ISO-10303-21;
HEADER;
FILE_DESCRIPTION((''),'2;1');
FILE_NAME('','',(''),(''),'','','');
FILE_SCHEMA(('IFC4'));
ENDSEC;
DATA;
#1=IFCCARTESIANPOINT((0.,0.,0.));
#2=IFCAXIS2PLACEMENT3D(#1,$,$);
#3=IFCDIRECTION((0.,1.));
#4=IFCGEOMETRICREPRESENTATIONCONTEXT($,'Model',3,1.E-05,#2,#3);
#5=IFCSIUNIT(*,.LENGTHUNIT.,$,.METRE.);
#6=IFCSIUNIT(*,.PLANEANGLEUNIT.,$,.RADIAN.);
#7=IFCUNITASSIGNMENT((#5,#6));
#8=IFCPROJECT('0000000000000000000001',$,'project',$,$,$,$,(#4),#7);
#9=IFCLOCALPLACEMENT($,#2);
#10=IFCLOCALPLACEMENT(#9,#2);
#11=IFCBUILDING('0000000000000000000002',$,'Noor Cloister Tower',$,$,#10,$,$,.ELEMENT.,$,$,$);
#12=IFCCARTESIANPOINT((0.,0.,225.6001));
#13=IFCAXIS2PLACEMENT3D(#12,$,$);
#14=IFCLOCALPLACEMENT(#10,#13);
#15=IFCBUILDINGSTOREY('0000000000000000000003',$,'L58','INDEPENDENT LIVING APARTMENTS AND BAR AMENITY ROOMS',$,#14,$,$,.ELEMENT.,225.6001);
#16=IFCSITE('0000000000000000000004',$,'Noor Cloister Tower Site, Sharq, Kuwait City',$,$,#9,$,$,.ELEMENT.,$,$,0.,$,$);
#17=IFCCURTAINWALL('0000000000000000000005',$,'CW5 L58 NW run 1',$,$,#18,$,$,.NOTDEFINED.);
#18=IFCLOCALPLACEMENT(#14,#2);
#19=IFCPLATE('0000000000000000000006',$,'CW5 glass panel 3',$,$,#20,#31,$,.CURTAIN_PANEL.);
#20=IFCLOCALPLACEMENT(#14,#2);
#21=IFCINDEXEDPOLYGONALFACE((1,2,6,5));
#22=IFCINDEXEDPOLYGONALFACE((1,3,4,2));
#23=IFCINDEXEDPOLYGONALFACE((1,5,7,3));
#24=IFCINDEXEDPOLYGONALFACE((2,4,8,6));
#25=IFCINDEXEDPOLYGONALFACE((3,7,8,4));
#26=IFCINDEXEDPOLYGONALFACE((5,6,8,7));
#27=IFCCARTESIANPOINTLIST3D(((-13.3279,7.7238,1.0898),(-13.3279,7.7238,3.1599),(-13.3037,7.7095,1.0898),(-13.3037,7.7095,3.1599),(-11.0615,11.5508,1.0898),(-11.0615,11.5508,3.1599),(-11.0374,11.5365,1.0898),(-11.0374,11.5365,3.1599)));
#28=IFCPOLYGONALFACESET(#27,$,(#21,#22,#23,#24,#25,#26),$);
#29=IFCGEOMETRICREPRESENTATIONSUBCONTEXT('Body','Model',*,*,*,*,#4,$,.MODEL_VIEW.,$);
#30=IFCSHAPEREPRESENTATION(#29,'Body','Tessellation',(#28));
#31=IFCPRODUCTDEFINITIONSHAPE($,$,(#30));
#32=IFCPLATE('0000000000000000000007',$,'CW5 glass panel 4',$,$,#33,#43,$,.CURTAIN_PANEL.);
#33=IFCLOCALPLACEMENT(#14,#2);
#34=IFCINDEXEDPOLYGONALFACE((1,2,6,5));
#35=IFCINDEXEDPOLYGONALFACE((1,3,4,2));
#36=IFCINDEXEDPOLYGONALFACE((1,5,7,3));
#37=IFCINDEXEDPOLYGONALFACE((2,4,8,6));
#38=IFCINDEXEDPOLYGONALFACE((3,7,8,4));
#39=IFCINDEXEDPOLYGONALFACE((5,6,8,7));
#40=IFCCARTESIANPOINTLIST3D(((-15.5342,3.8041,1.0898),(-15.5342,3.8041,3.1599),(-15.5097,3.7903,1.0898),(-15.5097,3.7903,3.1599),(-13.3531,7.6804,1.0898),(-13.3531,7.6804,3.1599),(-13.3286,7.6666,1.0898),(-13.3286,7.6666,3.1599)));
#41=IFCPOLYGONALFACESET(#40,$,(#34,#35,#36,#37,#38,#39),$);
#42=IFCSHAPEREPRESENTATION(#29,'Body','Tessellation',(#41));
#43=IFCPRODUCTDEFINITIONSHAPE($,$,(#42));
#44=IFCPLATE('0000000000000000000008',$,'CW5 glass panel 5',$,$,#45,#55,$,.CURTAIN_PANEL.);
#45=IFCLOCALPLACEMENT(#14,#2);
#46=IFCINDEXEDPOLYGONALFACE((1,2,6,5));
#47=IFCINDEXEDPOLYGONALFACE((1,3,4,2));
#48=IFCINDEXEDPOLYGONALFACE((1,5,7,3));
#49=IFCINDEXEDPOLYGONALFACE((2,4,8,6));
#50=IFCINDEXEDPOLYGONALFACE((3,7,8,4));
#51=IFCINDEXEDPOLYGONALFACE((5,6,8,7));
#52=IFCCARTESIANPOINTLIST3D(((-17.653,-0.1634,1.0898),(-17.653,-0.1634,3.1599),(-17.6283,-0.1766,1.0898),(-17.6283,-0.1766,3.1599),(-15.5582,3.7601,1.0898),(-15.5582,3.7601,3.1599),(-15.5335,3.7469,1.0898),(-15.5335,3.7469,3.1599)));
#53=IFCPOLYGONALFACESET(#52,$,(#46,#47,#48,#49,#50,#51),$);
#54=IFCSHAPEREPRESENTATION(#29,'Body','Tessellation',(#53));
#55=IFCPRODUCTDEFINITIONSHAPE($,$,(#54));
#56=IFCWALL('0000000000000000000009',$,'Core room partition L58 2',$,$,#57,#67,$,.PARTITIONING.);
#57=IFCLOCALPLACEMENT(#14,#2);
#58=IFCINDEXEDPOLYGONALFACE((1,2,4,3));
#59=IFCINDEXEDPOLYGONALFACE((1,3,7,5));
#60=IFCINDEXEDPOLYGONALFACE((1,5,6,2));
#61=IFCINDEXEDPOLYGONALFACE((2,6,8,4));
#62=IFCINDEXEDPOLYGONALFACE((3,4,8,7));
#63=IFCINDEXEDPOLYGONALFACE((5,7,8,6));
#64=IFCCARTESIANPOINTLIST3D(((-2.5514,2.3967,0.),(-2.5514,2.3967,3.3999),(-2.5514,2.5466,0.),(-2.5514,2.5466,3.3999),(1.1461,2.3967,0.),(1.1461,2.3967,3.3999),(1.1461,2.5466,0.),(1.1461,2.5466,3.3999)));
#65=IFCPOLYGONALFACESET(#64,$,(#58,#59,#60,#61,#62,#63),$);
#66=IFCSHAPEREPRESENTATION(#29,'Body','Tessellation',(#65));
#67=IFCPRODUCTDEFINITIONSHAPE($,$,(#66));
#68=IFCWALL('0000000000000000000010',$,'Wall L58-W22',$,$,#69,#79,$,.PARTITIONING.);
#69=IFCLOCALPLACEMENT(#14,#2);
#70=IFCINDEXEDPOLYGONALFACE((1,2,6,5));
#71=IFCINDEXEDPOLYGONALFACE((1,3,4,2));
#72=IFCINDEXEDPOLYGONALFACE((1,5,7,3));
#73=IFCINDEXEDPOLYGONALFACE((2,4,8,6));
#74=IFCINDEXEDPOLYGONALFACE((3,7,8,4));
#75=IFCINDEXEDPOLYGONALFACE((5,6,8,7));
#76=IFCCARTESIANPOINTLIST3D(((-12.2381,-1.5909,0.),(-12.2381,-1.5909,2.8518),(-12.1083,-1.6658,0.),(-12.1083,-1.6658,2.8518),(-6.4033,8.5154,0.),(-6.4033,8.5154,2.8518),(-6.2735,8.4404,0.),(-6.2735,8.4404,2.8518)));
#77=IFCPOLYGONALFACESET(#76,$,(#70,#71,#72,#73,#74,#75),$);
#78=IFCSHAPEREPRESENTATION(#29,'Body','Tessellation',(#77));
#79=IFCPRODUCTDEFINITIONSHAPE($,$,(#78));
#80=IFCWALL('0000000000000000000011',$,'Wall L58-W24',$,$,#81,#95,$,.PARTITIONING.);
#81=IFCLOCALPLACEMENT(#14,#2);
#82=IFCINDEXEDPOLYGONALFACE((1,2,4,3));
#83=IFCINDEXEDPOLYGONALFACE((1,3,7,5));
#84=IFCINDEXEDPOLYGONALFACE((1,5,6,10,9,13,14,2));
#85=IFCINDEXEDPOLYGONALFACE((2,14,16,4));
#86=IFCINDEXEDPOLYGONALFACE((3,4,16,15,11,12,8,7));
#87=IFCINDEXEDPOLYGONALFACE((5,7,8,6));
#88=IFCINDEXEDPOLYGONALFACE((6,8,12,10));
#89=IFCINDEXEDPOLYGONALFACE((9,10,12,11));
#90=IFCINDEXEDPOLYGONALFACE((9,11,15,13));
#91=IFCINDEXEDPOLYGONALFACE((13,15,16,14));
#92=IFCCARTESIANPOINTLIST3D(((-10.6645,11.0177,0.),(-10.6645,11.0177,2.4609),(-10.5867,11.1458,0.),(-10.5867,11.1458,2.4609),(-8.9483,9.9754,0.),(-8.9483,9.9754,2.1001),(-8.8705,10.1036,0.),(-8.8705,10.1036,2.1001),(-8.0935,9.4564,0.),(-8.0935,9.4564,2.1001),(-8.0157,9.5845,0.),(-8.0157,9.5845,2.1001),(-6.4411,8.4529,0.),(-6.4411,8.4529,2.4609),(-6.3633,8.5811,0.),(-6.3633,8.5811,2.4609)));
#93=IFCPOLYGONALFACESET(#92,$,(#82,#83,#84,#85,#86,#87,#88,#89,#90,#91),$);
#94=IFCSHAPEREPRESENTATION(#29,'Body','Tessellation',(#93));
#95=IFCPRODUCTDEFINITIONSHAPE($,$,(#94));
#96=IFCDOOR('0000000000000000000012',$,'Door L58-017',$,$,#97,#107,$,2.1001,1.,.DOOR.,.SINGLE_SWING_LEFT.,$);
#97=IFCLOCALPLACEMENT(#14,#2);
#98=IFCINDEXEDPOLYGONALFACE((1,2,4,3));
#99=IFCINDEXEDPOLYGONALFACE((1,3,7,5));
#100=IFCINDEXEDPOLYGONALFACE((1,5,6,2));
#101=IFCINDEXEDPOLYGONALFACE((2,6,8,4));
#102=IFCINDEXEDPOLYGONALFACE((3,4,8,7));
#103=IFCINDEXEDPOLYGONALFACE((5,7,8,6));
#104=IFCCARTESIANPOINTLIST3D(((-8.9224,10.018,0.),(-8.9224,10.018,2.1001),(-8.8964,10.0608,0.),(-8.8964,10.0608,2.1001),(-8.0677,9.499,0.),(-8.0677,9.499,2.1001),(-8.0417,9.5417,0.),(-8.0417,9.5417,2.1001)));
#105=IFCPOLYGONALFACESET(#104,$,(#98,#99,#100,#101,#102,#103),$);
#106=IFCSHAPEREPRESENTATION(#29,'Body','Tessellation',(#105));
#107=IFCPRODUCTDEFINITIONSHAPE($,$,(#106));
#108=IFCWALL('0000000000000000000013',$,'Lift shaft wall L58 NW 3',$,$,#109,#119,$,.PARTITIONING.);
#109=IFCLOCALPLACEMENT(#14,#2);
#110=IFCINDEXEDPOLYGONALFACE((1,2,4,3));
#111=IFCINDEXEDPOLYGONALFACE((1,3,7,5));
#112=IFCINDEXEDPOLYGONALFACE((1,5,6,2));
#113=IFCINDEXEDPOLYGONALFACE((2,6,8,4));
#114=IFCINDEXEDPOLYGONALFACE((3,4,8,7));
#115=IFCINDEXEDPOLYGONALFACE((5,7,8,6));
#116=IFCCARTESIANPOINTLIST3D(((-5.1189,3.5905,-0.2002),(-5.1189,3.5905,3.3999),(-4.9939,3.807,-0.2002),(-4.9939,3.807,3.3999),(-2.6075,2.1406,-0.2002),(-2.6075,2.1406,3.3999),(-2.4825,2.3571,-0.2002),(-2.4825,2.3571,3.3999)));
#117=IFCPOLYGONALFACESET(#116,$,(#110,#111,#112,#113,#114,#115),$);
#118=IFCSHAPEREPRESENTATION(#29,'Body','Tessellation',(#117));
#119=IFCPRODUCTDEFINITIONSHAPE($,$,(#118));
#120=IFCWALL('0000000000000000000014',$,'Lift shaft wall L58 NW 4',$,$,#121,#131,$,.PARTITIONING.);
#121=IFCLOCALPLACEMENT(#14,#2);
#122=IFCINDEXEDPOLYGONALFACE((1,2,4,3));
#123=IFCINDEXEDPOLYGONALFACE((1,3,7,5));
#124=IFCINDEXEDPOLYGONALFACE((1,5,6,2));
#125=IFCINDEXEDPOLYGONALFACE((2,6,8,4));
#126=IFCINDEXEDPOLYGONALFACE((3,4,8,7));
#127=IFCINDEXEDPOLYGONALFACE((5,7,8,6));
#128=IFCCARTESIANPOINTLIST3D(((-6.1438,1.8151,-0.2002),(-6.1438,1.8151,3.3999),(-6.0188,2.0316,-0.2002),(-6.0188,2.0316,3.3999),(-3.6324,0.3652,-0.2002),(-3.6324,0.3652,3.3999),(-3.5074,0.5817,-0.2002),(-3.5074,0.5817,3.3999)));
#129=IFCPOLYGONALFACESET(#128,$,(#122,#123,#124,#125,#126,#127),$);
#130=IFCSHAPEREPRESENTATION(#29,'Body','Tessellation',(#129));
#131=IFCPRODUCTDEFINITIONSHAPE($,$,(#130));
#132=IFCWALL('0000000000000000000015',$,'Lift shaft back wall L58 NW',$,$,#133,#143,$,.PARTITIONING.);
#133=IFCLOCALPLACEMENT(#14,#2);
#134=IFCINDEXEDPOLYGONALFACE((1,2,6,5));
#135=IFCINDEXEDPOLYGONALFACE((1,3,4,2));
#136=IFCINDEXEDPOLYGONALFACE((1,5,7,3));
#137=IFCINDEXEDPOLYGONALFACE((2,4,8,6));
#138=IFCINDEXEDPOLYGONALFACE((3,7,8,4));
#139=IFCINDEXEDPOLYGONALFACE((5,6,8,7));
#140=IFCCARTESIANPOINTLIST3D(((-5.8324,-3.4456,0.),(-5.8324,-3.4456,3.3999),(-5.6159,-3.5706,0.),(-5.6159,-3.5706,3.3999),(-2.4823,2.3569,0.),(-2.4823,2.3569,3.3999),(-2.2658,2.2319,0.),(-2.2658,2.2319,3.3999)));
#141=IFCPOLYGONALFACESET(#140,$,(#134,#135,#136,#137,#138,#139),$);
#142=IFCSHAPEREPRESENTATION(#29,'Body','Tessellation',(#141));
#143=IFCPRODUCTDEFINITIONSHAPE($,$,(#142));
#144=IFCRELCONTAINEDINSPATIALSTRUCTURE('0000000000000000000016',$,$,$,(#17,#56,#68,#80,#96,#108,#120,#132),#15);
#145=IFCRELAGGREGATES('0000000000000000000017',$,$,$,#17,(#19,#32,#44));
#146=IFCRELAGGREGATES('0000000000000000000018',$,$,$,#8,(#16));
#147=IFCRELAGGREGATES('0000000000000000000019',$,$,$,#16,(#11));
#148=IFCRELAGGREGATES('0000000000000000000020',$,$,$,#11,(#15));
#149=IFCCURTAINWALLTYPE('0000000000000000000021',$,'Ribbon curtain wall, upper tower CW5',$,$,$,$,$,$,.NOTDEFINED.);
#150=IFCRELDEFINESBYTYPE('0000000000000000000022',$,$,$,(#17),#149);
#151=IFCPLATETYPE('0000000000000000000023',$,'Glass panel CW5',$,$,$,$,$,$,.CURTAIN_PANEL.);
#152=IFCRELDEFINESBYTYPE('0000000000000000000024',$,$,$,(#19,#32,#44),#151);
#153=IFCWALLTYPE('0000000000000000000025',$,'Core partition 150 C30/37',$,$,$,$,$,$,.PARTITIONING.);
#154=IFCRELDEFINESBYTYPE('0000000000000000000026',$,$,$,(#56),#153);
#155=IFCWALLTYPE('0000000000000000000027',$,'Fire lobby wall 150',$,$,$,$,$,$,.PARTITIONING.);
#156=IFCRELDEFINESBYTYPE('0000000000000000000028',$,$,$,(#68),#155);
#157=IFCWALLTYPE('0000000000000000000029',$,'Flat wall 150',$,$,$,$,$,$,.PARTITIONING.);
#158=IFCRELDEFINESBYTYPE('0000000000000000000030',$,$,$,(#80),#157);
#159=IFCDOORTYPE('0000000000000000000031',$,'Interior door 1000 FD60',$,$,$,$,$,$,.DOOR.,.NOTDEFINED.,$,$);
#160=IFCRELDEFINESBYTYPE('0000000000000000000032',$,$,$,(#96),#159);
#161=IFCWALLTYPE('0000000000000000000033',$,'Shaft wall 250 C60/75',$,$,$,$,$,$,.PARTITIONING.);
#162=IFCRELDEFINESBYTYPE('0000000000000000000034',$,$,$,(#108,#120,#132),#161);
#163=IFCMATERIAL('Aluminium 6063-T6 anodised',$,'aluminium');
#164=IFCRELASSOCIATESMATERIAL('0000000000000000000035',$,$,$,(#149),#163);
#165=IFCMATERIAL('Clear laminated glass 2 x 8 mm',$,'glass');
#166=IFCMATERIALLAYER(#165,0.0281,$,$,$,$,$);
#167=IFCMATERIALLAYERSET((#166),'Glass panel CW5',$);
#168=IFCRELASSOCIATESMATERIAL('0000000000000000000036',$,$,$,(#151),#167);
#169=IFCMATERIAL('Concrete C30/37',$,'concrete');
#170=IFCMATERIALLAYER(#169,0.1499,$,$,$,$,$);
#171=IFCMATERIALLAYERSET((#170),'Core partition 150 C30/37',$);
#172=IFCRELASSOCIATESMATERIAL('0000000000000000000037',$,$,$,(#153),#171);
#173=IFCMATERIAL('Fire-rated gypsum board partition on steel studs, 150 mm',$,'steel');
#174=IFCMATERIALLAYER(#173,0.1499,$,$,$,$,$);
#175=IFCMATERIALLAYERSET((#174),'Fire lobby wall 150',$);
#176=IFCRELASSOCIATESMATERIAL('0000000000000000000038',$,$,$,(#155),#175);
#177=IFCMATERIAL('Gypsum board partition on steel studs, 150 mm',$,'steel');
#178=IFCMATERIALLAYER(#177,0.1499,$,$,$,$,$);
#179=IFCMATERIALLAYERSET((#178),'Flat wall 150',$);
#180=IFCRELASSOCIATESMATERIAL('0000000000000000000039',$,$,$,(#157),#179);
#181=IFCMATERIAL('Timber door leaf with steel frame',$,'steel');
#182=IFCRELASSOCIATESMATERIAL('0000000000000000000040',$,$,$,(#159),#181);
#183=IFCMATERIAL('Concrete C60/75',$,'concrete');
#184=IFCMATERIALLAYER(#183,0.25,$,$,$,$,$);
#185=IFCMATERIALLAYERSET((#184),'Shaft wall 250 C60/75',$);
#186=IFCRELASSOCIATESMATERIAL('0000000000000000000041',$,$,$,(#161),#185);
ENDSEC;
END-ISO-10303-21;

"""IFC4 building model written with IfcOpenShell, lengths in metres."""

from ifc_helpers import new_model, si_unit, direction, frame, frame_2d, origin, origin_2d, place, context, subcontext, project, spatial, rectangle, extrude, material, layer, layer_set, type_object, element, fill, aggregate, save


model = new_model("IFC4")

# Units and contexts
model_context = context("Model", 3, precision=1e-05, world=origin(), true_north=direction((0.0, 1.0)))
body_context = subcontext(model_context, "Body", "Model", "MODEL_VIEW")
ifc_project = project(units=[si_unit("LENGTHUNIT", "METRE"), si_unit("PLANEANGLEUNIT", "RADIAN")], contexts=[model_context])

# Site, building, storey
site_placement = place(None, origin())
site = spatial("IfcSite", under=ifc_project, at=site_placement, Name="Noor Cloister Tower Site, Sharq, Kuwait City", CompositionType="ELEMENT", RefElevation=0.0)
building_placement = place(site_placement, origin())
building = spatial("IfcBuilding", under=site, at=building_placement, Name="Noor Cloister Tower", CompositionType="ELEMENT")
storey_placement = place(building_placement, frame((0.0, 0.0, 225.6001)))
storey = spatial("IfcBuildingStorey", under=building, at=storey_placement, Name="L58", Description="INDEPENDENT LIVING APARTMENTS AND BAR AMENITY ROOMS", CompositionType="ELEMENT", Elevation=225.6001)

# Curtain wall
ifc_material_1 = material(Name="Aluminium 6063-T6 anodised", Category="aluminium")
curtain_wall_type = type_object("IfcCurtainWallType", Name="Ribbon curtain wall, upper tower CW5", PredefinedType="NOTDEFINED", material=ifc_material_1)
curtain_wall_placement = place(storey_placement, origin())
curtain_wall = element("IfcCurtainWall", 1, at=curtain_wall_placement, inside=storey, type_object=curtain_wall_type, Name="CW5 L58 NW run 1", PredefinedType="NOTDEFINED")

# Plates
ifc_material_2 = material(Name="Clear laminated glass 2 x 8 mm", Category="glass")
ifc_layer_1 = layer(ifc_material_2, 0.0281)
ifc_layer_set_1 = layer_set([ifc_layer_1], Name="Glass panel CW5")
plate_type = type_object("IfcPlateType", Name="Glass panel CW5", PredefinedType="CURTAIN_PANEL", material=ifc_layer_set_1)
plate_1_placement = place(storey_placement, frame((-12.1826, 9.6301, 1.0898), z_axis=(0.0, 0.0, 1.0), x_axis=(-0.509553, -0.860439, 0.0)))
plate_1 = element("IfcPlate", 2, at=plate_1_placement, type_object=plate_type, Name="CW5 glass panel 3", PredefinedType="CURTAIN_PANEL", context=body_context, shape_type="SweptSolid", body=[
    extrude(rectangle(XDim=4.4478, YDim=0.0281, at=origin_2d()), origin(), (0.0, 0.0, 1.0), 2.0701),
])
plate_2_placement = place(storey_placement, frame((-14.4314, 5.7354, 1.0898), z_axis=(0.0, 0.0, 1.0), x_axis=(-0.490386, -0.871506, 0.0)))
plate_2 = element("IfcPlate", 3, at=plate_2_placement, type_object=plate_type, Name="CW5 glass panel 4", PredefinedType="CURTAIN_PANEL", context=body_context, shape_type="SweptSolid", body=[
    extrude(rectangle(XDim=4.4478, YDim=0.0281, at=origin_2d()), origin(), (0.0, 0.0, 1.0), 2.0701),
])
plate_3_placement = place(storey_placement, frame((-16.5933, 1.7917, 1.0898), z_axis=(0.0, 0.0, 1.0), x_axis=(-0.470978, -0.882145, 0.0)))
plate_3 = element("IfcPlate", 4, at=plate_3_placement, type_object=plate_type, Name="CW5 glass panel 5", PredefinedType="CURTAIN_PANEL", context=body_context, shape_type="SweptSolid", body=[
    extrude(rectangle(XDim=4.4478, YDim=0.0281, at=origin_2d()), origin(), (0.0, 0.0, 1.0), 2.0701),
])
aggregate(curtain_wall, [plate_1, plate_2, plate_3])

# Walls
ifc_material_3 = material(Name="Concrete C30/37", Category="concrete")
ifc_layer_2 = layer(ifc_material_3, 0.1499)
ifc_layer_set_2 = layer_set([ifc_layer_2], Name="Core partition 150 C30/37")
wall_type_1 = type_object("IfcWallType", Name="Core partition 150 C30/37", PredefinedType="PARTITIONING", material=ifc_layer_set_2)
wall_1_placement = place(storey_placement, frame((-2.5513, 2.4717, 0.0), z_axis=(0.0, 0.0, 1.0), x_axis=(1.0, 0.0, 0.0)))
element("IfcWall", 5, at=wall_1_placement, inside=storey, type_object=wall_type_1, Name="Core room partition L58 2", PredefinedType="PARTITIONING", context=body_context, shape_type="SweptSolid", body=[
    extrude(rectangle(XDim=3.6975, YDim=0.1499, at=frame_2d((1.8486, 0.0))), origin(), (0.0, 0.0, 1.0), 3.3999),
])
ifc_material_4 = material(Name="Fire-rated gypsum board partition on steel studs, 150 mm", Category="steel")
ifc_layer_3 = layer(ifc_material_4, 0.1499)
ifc_layer_set_3 = layer_set([ifc_layer_3], Name="Fire lobby wall 150")
wall_type_2 = type_object("IfcWallType", Name="Fire lobby wall 150", PredefinedType="PARTITIONING", material=ifc_layer_set_3)
wall_2_placement = place(storey_placement, frame((-6.3384, 8.478, 0.0), z_axis=(0.0, 0.0, 1.0), x_axis=(-0.499993, -0.866029, 0.0)))
element("IfcWall", 6, at=wall_2_placement, inside=storey, type_object=wall_type_2, Name="Wall L58-W22", PredefinedType="PARTITIONING", context=body_context, shape_type="SweptSolid", body=[
    extrude(rectangle(XDim=11.6697, YDim=0.1499, at=frame_2d((5.835, 0.0))), origin(), (0.0, 0.0, 1.0), 2.8518),
])

# Wall, opening, door
ifc_material_5 = material(Name="Gypsum board partition on steel studs, 150 mm", Category="steel")
ifc_layer_4 = layer(ifc_material_5, 0.1499)
ifc_layer_set_4 = layer_set([ifc_layer_4], Name="Flat wall 150")
wall_type_3 = type_object("IfcWallType", Name="Flat wall 150", PredefinedType="PARTITIONING", material=ifc_layer_set_4)
wall_3_placement = place(storey_placement, frame((-10.6257, 11.0818, 0.0), z_axis=(0.0, 0.0, 1.0), x_axis=(0.854743, -0.519052, 0.0)))
wall_3 = element("IfcWall", 7, at=wall_3_placement, inside=storey, type_object=wall_type_3, Name="Wall L58-W24", PredefinedType="PARTITIONING", context=body_context, shape_type="SweptSolid", body=[
    extrude(rectangle(XDim=4.9412, YDim=0.1499, at=frame_2d((2.4707, 0.0))), origin(), (0.0, 0.0, 1.0), 2.4609),
])
opening_placement = place(wall_3_placement, frame((2.0081, 0.0, 0.0)))
opening = element("IfcOpeningElement", 8, at=opening_placement, cuts=wall_3, PredefinedType="OPENING", context=body_context, shape_type="SweptSolid", body=[
    extrude(rectangle(XDim=1.0, YDim=2.1001, at=frame_2d((0.5, 1.05))), frame((0.0, 0.085, 0.0), z_axis=(0.0, -1.0, 0.0), x_axis=(1.0, 0.0, 0.0)), (0.0, 0.0, 1.0), 0.1699),
])
ifc_material_6 = material(Name="Timber door leaf with steel frame", Category="steel")
door_type = type_object("IfcDoorType", Name="Interior door 1000 FD60", OperationType="NOTDEFINED", PredefinedType="DOOR", material=ifc_material_6)
door_placement = place(opening_placement, origin())
door = element("IfcDoor", 9, at=door_placement, inside=storey, type_object=door_type, Name="Door L58-017", OperationType="SINGLE_SWING_LEFT", OverallHeight=2.1001, OverallWidth=1.0, PredefinedType="DOOR", context=body_context, shape_type="SweptSolid", body=[
    extrude(rectangle(XDim=1.0, YDim=2.1001, at=frame_2d((0.5, 1.05))), frame((0.0, 0.0249, 0.0), z_axis=(0.0, -1.0, 0.0), x_axis=(1.0, 0.0, 0.0)), (0.0, 0.0, 1.0), 0.05),
])
fill(opening, door)

# Walls
ifc_material_7 = material(Name="Concrete C60/75", Category="concrete")
ifc_layer_5 = layer(ifc_material_7, 0.25)
ifc_layer_set_5 = layer_set([ifc_layer_5], Name="Shaft wall 250 C60/75")
wall_type_4 = type_object("IfcWallType", Name="Shaft wall 250 C60/75", PredefinedType="PARTITIONING", material=ifc_layer_set_5)
for number, where, z_axis, x_axis, name in (
    (10, (-5.0564, 3.6987, -0.2002), (0.0, 0.0, 1.0), (0.866033, -0.499987, 0.0), "Lift shaft wall L58 NW 3"),
    (11, (-6.0813, 1.9233, -0.2002), (0.0, 0.0, 1.0), (0.866033, -0.499987, 0.0), "Lift shaft wall L58 NW 4"),
):
    element("IfcWall", number, at=place(storey_placement, frame(where, z_axis=z_axis, x_axis=x_axis)), inside=storey, type_object=wall_type_4, Name=name, PredefinedType="PARTITIONING", context=body_context, shape_type="SweptSolid", body=[
        extrude(rectangle(XDim=2.8999, YDim=0.25, at=frame_2d((1.45, 0.0))), origin(), (0.0, 0.0, 1.0), 3.6001),
    ])
wall_4_placement = place(storey_placement, frame((-2.374, 2.2944, 0.0), z_axis=(0.0, 0.0, 1.0), x_axis=(-0.500003, -0.866024, 0.0)))
element("IfcWall", 12, at=wall_4_placement, inside=storey, type_object=wall_type_4, Name="Lift shaft back wall L58 NW", PredefinedType="PARTITIONING", context=body_context, shape_type="SweptSolid", body=[
    extrude(rectangle(XDim=6.7002, YDim=0.25, at=frame_2d((3.3501, 0.0))), origin(), (0.0, 0.0, 1.0), 3.3999),
])

save(model, "model.ifc")
